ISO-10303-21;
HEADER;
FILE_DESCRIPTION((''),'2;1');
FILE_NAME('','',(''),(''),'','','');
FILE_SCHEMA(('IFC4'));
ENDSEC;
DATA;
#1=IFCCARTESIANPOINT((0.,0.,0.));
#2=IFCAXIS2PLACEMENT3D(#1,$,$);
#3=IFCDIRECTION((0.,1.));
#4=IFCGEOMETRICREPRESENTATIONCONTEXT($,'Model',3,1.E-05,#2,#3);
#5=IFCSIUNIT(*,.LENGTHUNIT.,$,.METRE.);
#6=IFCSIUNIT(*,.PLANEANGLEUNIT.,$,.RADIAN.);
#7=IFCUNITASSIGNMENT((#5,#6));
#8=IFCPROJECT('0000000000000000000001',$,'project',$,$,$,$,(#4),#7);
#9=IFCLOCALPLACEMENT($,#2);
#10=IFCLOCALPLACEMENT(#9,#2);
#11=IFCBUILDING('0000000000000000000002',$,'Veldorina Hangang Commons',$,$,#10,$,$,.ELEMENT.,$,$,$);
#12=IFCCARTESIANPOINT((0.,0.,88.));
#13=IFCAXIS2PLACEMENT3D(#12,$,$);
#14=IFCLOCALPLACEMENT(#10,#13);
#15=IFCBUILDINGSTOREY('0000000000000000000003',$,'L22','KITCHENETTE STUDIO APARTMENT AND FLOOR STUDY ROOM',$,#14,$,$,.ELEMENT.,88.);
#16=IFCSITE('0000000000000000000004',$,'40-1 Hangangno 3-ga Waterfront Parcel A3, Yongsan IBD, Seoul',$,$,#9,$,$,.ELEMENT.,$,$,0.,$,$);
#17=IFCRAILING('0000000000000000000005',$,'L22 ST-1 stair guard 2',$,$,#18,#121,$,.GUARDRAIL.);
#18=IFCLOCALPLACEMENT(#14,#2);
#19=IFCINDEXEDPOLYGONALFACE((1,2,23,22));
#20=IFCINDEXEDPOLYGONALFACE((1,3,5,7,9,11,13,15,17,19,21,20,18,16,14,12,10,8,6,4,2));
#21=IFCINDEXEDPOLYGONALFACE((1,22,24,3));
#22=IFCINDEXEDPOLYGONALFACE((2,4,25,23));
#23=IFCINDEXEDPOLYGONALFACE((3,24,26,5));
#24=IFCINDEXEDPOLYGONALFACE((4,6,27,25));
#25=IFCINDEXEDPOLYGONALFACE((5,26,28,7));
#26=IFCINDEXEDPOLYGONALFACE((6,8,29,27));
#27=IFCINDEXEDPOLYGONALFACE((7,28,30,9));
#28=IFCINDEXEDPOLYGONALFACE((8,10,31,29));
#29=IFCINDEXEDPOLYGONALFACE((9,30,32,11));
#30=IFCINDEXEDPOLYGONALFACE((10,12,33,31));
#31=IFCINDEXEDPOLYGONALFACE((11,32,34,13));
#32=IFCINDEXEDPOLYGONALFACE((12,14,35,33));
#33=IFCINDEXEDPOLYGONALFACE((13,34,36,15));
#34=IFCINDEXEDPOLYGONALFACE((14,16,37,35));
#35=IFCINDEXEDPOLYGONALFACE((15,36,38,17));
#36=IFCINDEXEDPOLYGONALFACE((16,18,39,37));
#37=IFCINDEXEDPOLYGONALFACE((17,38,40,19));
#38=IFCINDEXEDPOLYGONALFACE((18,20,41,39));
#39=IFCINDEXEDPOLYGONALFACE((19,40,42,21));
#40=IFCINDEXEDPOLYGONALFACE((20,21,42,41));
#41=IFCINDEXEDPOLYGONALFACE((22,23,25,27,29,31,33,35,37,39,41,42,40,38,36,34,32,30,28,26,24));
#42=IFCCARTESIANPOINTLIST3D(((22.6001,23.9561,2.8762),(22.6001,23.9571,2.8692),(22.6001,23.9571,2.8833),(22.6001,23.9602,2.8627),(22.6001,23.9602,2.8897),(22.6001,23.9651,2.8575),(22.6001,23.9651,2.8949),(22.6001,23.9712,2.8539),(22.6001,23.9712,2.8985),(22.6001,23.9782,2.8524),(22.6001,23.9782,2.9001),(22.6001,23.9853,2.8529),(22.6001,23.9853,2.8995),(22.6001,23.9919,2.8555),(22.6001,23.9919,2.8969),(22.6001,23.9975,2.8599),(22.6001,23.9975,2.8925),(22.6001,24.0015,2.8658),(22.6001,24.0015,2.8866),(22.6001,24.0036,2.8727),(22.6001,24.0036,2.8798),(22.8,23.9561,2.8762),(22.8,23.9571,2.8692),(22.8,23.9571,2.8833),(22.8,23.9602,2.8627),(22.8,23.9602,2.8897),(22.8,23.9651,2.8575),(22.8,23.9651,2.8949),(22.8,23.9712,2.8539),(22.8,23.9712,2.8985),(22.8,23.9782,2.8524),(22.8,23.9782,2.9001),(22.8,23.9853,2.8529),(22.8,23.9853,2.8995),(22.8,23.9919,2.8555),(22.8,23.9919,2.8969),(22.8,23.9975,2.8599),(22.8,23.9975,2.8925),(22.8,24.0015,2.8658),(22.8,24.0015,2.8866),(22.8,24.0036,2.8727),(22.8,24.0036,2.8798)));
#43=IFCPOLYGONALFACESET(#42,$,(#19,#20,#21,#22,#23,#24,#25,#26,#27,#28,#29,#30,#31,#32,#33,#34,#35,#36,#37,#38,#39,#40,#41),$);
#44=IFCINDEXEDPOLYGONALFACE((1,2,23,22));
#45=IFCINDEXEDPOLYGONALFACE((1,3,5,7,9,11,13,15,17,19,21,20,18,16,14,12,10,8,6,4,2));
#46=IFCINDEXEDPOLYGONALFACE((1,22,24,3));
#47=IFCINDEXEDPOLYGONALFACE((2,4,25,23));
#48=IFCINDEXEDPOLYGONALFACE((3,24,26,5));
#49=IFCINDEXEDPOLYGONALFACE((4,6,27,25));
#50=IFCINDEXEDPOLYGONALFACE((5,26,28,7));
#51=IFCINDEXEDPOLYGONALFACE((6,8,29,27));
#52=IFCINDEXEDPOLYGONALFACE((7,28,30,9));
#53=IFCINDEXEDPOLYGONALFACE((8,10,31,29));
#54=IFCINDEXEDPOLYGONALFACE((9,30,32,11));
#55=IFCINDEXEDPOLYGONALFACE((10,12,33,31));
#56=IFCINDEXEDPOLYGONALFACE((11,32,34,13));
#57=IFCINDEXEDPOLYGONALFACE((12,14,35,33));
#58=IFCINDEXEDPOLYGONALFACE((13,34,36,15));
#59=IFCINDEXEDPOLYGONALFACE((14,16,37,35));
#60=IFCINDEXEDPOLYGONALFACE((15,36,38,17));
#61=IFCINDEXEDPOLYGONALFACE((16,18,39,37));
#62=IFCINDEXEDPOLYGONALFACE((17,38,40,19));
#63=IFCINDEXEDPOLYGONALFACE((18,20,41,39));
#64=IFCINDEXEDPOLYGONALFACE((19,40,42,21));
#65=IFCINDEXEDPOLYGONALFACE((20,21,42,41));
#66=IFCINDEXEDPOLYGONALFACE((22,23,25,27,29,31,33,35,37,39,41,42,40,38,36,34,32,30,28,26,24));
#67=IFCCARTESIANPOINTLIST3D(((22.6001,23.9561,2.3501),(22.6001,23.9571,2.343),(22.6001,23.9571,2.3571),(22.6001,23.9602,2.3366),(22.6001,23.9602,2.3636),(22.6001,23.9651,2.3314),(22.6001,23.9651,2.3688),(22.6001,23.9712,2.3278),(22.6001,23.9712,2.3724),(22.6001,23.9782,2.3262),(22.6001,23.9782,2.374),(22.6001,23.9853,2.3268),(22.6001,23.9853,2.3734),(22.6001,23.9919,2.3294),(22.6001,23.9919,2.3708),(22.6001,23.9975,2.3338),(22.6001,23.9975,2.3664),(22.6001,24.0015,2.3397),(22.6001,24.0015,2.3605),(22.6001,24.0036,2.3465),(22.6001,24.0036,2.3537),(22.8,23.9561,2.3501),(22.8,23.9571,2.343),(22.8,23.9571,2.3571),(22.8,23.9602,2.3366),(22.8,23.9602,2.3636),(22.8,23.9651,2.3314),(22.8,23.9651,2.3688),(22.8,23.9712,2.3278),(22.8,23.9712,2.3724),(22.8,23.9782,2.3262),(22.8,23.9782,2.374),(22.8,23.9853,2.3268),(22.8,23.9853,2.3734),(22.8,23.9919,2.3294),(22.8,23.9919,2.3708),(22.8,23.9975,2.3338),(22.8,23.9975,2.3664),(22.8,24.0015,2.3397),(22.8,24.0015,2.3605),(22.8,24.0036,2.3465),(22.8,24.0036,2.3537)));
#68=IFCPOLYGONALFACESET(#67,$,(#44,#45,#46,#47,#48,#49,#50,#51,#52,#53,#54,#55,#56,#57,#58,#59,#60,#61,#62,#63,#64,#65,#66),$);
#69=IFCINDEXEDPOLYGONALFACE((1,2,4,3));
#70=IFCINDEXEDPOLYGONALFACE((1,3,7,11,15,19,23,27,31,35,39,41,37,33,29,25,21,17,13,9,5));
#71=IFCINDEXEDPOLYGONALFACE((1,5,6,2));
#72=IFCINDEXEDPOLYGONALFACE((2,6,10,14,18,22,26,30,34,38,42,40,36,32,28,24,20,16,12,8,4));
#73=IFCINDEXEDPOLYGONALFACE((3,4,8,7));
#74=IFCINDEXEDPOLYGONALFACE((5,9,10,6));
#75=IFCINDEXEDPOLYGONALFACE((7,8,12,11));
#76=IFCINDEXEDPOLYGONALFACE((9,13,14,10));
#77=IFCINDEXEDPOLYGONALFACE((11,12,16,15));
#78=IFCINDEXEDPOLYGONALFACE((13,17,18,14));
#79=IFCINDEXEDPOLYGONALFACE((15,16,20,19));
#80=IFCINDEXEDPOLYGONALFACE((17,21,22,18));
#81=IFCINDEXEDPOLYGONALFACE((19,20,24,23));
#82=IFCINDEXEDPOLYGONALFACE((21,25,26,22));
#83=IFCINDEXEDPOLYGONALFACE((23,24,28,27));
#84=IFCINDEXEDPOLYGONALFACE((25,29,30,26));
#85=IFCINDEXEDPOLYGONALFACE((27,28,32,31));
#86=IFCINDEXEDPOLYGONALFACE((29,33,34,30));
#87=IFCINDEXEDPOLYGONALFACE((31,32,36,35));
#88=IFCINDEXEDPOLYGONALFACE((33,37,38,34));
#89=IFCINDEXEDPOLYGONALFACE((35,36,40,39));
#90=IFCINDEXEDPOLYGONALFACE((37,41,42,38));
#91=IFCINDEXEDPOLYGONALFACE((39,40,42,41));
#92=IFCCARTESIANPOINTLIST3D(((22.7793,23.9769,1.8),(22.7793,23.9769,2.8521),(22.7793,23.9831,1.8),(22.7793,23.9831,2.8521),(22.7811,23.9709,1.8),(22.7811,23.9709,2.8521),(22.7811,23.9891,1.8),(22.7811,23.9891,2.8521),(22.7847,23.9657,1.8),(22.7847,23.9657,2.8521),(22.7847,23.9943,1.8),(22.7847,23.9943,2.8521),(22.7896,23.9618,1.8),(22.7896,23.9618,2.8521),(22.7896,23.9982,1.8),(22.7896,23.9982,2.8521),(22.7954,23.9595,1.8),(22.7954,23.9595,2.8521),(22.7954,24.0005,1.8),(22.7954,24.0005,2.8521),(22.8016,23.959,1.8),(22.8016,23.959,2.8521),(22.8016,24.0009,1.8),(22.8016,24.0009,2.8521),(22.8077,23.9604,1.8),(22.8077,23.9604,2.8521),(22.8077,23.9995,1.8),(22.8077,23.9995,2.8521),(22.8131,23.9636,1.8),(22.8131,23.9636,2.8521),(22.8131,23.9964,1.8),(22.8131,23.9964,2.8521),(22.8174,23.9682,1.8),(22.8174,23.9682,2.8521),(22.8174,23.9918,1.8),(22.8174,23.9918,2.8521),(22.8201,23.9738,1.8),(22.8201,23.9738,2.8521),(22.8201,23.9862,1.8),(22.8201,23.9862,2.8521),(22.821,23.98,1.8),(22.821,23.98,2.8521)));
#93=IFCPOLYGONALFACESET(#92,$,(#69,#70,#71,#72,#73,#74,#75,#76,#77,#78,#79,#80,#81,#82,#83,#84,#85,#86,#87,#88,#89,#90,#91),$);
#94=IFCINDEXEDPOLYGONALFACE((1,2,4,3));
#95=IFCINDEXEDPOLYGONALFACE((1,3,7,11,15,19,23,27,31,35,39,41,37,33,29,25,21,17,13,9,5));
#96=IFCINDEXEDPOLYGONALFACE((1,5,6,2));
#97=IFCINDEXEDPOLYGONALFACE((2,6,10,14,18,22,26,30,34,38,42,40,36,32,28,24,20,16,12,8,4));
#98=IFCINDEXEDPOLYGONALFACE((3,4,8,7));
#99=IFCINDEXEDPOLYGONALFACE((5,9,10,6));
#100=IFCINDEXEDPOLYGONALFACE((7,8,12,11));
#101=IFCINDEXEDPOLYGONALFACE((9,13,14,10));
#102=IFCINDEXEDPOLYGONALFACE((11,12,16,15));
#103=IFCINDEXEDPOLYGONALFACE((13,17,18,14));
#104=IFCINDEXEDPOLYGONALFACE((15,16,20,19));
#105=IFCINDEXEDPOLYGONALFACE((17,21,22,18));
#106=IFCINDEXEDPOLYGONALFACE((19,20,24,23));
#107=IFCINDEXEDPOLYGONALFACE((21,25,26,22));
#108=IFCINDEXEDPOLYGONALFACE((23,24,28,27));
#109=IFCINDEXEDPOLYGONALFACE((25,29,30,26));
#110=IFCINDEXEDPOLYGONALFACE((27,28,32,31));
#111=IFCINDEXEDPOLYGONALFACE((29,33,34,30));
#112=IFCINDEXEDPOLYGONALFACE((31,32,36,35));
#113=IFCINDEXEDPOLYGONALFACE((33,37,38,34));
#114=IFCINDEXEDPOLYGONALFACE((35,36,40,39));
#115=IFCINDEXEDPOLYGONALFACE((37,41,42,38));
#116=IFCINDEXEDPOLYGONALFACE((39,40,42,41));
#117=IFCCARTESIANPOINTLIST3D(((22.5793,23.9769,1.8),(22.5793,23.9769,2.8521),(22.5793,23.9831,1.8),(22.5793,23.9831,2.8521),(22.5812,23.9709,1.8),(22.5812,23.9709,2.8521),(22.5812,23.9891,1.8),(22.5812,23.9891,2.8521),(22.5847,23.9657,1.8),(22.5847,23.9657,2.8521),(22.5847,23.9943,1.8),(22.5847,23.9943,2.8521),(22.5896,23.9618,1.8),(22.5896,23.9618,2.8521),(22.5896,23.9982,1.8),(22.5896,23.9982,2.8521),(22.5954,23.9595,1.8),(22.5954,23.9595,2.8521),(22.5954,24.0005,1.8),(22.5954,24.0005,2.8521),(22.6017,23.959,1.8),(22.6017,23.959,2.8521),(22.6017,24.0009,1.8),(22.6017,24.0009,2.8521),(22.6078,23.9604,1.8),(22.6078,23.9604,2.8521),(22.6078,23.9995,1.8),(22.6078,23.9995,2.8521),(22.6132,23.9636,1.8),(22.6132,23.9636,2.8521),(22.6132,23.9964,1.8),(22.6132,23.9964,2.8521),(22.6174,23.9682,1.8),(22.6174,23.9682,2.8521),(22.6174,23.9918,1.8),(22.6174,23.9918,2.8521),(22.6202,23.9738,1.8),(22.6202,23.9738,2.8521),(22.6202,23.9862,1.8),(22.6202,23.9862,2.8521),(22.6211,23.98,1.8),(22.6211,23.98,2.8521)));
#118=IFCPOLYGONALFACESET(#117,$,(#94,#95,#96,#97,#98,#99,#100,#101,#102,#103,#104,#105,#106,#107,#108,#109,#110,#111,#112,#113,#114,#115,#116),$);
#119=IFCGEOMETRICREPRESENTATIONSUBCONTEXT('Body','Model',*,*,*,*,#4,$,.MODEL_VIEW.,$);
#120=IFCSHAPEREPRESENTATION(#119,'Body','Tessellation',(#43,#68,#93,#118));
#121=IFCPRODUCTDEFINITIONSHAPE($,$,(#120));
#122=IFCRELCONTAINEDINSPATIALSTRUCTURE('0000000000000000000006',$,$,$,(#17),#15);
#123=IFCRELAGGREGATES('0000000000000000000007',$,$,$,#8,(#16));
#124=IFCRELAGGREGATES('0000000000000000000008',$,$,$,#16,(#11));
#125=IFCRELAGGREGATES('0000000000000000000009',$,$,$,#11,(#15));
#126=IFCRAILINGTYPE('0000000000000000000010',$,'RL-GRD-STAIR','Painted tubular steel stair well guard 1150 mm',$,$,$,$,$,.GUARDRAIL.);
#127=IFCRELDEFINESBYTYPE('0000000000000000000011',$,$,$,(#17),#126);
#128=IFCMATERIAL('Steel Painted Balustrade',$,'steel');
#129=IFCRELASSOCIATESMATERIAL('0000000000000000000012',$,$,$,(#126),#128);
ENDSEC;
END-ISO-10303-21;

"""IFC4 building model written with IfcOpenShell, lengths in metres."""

from ifc_helpers import new_model, si_unit, direction, frame, origin, origin_2d, place, context, subcontext, project, spatial, circle, extrude, material, type_object, element, save


model = new_model("IFC4")

# Units and contexts
model_context = context("Model", 3, precision=1e-05, world=origin(), true_north=direction((0.0, 1.0)))
body_context = subcontext(model_context, "Body", "Model", "MODEL_VIEW")
ifc_project = project(units=[si_unit("LENGTHUNIT", "METRE"), si_unit("PLANEANGLEUNIT", "RADIAN")], contexts=[model_context])

# Site, building, storey
site_placement = place(None, origin())
site = spatial("IfcSite", under=ifc_project, at=site_placement, Name="40-1 Hangangno 3-ga Waterfront Parcel A3, Yongsan IBD, Seoul", CompositionType="ELEMENT", RefElevation=0.0)
building_placement = place(site_placement, origin())
building = spatial("IfcBuilding", under=site, at=building_placement, Name="Veldorina Hangang Commons", CompositionType="ELEMENT")
storey_placement = place(building_placement, frame((0.0, 0.0, 88.0)))
storey = spatial("IfcBuildingStorey", under=building, at=storey_placement, Name="L22", Description="KITCHENETTE STUDIO APARTMENT AND FLOOR STUDY ROOM", CompositionType="ELEMENT", Elevation=88.0)

# Railing
ifc_material_1 = material(Name="Steel Painted Balustrade", Category="steel")
railing_type_1 = type_object("IfcRailingType", Name="RL-GRD-STAIR", Description="Painted tubular steel stair well guard 1150 mm", PredefinedType="GUARDRAIL", material=ifc_material_1)
railing_1_placement = place(storey_placement, frame((22.8, 23.98, 1.8)))
element("IfcRailing", 1, at=railing_1_placement, inside=storey, type_object=railing_type_1, Name="L22 ST-1 stair guard 2", PredefinedType="GUARDRAIL", context=body_context, shape_type="SweptSolid", body=[
    extrude(circle(Radius=0.0239, at=origin_2d()), frame((0.0, 0.0, 1.0762), z_axis=(-1.0, 0.0, 0.0), x_axis=(0.0, -1.0, 0.0)), (0.0, 0.0, 1.0), 0.2),
    extrude(circle(Radius=0.0239, at=origin_2d()), frame((0.0, 0.0, 0.55), z_axis=(-1.0, 0.0, 0.0), x_axis=(0.0, -1.0, 0.0)), (0.0, 0.0, 1.0), 0.2),
    extrude(circle(Radius=0.021, at=origin_2d()), origin(), (0.0, 0.0, 1.0), 1.052),
    extrude(circle(Radius=0.021, at=origin_2d()), frame((-0.2, 0.0, 0.0)), (0.0, 0.0, 1.0), 1.052),
])

save(model, "model.ifc")
